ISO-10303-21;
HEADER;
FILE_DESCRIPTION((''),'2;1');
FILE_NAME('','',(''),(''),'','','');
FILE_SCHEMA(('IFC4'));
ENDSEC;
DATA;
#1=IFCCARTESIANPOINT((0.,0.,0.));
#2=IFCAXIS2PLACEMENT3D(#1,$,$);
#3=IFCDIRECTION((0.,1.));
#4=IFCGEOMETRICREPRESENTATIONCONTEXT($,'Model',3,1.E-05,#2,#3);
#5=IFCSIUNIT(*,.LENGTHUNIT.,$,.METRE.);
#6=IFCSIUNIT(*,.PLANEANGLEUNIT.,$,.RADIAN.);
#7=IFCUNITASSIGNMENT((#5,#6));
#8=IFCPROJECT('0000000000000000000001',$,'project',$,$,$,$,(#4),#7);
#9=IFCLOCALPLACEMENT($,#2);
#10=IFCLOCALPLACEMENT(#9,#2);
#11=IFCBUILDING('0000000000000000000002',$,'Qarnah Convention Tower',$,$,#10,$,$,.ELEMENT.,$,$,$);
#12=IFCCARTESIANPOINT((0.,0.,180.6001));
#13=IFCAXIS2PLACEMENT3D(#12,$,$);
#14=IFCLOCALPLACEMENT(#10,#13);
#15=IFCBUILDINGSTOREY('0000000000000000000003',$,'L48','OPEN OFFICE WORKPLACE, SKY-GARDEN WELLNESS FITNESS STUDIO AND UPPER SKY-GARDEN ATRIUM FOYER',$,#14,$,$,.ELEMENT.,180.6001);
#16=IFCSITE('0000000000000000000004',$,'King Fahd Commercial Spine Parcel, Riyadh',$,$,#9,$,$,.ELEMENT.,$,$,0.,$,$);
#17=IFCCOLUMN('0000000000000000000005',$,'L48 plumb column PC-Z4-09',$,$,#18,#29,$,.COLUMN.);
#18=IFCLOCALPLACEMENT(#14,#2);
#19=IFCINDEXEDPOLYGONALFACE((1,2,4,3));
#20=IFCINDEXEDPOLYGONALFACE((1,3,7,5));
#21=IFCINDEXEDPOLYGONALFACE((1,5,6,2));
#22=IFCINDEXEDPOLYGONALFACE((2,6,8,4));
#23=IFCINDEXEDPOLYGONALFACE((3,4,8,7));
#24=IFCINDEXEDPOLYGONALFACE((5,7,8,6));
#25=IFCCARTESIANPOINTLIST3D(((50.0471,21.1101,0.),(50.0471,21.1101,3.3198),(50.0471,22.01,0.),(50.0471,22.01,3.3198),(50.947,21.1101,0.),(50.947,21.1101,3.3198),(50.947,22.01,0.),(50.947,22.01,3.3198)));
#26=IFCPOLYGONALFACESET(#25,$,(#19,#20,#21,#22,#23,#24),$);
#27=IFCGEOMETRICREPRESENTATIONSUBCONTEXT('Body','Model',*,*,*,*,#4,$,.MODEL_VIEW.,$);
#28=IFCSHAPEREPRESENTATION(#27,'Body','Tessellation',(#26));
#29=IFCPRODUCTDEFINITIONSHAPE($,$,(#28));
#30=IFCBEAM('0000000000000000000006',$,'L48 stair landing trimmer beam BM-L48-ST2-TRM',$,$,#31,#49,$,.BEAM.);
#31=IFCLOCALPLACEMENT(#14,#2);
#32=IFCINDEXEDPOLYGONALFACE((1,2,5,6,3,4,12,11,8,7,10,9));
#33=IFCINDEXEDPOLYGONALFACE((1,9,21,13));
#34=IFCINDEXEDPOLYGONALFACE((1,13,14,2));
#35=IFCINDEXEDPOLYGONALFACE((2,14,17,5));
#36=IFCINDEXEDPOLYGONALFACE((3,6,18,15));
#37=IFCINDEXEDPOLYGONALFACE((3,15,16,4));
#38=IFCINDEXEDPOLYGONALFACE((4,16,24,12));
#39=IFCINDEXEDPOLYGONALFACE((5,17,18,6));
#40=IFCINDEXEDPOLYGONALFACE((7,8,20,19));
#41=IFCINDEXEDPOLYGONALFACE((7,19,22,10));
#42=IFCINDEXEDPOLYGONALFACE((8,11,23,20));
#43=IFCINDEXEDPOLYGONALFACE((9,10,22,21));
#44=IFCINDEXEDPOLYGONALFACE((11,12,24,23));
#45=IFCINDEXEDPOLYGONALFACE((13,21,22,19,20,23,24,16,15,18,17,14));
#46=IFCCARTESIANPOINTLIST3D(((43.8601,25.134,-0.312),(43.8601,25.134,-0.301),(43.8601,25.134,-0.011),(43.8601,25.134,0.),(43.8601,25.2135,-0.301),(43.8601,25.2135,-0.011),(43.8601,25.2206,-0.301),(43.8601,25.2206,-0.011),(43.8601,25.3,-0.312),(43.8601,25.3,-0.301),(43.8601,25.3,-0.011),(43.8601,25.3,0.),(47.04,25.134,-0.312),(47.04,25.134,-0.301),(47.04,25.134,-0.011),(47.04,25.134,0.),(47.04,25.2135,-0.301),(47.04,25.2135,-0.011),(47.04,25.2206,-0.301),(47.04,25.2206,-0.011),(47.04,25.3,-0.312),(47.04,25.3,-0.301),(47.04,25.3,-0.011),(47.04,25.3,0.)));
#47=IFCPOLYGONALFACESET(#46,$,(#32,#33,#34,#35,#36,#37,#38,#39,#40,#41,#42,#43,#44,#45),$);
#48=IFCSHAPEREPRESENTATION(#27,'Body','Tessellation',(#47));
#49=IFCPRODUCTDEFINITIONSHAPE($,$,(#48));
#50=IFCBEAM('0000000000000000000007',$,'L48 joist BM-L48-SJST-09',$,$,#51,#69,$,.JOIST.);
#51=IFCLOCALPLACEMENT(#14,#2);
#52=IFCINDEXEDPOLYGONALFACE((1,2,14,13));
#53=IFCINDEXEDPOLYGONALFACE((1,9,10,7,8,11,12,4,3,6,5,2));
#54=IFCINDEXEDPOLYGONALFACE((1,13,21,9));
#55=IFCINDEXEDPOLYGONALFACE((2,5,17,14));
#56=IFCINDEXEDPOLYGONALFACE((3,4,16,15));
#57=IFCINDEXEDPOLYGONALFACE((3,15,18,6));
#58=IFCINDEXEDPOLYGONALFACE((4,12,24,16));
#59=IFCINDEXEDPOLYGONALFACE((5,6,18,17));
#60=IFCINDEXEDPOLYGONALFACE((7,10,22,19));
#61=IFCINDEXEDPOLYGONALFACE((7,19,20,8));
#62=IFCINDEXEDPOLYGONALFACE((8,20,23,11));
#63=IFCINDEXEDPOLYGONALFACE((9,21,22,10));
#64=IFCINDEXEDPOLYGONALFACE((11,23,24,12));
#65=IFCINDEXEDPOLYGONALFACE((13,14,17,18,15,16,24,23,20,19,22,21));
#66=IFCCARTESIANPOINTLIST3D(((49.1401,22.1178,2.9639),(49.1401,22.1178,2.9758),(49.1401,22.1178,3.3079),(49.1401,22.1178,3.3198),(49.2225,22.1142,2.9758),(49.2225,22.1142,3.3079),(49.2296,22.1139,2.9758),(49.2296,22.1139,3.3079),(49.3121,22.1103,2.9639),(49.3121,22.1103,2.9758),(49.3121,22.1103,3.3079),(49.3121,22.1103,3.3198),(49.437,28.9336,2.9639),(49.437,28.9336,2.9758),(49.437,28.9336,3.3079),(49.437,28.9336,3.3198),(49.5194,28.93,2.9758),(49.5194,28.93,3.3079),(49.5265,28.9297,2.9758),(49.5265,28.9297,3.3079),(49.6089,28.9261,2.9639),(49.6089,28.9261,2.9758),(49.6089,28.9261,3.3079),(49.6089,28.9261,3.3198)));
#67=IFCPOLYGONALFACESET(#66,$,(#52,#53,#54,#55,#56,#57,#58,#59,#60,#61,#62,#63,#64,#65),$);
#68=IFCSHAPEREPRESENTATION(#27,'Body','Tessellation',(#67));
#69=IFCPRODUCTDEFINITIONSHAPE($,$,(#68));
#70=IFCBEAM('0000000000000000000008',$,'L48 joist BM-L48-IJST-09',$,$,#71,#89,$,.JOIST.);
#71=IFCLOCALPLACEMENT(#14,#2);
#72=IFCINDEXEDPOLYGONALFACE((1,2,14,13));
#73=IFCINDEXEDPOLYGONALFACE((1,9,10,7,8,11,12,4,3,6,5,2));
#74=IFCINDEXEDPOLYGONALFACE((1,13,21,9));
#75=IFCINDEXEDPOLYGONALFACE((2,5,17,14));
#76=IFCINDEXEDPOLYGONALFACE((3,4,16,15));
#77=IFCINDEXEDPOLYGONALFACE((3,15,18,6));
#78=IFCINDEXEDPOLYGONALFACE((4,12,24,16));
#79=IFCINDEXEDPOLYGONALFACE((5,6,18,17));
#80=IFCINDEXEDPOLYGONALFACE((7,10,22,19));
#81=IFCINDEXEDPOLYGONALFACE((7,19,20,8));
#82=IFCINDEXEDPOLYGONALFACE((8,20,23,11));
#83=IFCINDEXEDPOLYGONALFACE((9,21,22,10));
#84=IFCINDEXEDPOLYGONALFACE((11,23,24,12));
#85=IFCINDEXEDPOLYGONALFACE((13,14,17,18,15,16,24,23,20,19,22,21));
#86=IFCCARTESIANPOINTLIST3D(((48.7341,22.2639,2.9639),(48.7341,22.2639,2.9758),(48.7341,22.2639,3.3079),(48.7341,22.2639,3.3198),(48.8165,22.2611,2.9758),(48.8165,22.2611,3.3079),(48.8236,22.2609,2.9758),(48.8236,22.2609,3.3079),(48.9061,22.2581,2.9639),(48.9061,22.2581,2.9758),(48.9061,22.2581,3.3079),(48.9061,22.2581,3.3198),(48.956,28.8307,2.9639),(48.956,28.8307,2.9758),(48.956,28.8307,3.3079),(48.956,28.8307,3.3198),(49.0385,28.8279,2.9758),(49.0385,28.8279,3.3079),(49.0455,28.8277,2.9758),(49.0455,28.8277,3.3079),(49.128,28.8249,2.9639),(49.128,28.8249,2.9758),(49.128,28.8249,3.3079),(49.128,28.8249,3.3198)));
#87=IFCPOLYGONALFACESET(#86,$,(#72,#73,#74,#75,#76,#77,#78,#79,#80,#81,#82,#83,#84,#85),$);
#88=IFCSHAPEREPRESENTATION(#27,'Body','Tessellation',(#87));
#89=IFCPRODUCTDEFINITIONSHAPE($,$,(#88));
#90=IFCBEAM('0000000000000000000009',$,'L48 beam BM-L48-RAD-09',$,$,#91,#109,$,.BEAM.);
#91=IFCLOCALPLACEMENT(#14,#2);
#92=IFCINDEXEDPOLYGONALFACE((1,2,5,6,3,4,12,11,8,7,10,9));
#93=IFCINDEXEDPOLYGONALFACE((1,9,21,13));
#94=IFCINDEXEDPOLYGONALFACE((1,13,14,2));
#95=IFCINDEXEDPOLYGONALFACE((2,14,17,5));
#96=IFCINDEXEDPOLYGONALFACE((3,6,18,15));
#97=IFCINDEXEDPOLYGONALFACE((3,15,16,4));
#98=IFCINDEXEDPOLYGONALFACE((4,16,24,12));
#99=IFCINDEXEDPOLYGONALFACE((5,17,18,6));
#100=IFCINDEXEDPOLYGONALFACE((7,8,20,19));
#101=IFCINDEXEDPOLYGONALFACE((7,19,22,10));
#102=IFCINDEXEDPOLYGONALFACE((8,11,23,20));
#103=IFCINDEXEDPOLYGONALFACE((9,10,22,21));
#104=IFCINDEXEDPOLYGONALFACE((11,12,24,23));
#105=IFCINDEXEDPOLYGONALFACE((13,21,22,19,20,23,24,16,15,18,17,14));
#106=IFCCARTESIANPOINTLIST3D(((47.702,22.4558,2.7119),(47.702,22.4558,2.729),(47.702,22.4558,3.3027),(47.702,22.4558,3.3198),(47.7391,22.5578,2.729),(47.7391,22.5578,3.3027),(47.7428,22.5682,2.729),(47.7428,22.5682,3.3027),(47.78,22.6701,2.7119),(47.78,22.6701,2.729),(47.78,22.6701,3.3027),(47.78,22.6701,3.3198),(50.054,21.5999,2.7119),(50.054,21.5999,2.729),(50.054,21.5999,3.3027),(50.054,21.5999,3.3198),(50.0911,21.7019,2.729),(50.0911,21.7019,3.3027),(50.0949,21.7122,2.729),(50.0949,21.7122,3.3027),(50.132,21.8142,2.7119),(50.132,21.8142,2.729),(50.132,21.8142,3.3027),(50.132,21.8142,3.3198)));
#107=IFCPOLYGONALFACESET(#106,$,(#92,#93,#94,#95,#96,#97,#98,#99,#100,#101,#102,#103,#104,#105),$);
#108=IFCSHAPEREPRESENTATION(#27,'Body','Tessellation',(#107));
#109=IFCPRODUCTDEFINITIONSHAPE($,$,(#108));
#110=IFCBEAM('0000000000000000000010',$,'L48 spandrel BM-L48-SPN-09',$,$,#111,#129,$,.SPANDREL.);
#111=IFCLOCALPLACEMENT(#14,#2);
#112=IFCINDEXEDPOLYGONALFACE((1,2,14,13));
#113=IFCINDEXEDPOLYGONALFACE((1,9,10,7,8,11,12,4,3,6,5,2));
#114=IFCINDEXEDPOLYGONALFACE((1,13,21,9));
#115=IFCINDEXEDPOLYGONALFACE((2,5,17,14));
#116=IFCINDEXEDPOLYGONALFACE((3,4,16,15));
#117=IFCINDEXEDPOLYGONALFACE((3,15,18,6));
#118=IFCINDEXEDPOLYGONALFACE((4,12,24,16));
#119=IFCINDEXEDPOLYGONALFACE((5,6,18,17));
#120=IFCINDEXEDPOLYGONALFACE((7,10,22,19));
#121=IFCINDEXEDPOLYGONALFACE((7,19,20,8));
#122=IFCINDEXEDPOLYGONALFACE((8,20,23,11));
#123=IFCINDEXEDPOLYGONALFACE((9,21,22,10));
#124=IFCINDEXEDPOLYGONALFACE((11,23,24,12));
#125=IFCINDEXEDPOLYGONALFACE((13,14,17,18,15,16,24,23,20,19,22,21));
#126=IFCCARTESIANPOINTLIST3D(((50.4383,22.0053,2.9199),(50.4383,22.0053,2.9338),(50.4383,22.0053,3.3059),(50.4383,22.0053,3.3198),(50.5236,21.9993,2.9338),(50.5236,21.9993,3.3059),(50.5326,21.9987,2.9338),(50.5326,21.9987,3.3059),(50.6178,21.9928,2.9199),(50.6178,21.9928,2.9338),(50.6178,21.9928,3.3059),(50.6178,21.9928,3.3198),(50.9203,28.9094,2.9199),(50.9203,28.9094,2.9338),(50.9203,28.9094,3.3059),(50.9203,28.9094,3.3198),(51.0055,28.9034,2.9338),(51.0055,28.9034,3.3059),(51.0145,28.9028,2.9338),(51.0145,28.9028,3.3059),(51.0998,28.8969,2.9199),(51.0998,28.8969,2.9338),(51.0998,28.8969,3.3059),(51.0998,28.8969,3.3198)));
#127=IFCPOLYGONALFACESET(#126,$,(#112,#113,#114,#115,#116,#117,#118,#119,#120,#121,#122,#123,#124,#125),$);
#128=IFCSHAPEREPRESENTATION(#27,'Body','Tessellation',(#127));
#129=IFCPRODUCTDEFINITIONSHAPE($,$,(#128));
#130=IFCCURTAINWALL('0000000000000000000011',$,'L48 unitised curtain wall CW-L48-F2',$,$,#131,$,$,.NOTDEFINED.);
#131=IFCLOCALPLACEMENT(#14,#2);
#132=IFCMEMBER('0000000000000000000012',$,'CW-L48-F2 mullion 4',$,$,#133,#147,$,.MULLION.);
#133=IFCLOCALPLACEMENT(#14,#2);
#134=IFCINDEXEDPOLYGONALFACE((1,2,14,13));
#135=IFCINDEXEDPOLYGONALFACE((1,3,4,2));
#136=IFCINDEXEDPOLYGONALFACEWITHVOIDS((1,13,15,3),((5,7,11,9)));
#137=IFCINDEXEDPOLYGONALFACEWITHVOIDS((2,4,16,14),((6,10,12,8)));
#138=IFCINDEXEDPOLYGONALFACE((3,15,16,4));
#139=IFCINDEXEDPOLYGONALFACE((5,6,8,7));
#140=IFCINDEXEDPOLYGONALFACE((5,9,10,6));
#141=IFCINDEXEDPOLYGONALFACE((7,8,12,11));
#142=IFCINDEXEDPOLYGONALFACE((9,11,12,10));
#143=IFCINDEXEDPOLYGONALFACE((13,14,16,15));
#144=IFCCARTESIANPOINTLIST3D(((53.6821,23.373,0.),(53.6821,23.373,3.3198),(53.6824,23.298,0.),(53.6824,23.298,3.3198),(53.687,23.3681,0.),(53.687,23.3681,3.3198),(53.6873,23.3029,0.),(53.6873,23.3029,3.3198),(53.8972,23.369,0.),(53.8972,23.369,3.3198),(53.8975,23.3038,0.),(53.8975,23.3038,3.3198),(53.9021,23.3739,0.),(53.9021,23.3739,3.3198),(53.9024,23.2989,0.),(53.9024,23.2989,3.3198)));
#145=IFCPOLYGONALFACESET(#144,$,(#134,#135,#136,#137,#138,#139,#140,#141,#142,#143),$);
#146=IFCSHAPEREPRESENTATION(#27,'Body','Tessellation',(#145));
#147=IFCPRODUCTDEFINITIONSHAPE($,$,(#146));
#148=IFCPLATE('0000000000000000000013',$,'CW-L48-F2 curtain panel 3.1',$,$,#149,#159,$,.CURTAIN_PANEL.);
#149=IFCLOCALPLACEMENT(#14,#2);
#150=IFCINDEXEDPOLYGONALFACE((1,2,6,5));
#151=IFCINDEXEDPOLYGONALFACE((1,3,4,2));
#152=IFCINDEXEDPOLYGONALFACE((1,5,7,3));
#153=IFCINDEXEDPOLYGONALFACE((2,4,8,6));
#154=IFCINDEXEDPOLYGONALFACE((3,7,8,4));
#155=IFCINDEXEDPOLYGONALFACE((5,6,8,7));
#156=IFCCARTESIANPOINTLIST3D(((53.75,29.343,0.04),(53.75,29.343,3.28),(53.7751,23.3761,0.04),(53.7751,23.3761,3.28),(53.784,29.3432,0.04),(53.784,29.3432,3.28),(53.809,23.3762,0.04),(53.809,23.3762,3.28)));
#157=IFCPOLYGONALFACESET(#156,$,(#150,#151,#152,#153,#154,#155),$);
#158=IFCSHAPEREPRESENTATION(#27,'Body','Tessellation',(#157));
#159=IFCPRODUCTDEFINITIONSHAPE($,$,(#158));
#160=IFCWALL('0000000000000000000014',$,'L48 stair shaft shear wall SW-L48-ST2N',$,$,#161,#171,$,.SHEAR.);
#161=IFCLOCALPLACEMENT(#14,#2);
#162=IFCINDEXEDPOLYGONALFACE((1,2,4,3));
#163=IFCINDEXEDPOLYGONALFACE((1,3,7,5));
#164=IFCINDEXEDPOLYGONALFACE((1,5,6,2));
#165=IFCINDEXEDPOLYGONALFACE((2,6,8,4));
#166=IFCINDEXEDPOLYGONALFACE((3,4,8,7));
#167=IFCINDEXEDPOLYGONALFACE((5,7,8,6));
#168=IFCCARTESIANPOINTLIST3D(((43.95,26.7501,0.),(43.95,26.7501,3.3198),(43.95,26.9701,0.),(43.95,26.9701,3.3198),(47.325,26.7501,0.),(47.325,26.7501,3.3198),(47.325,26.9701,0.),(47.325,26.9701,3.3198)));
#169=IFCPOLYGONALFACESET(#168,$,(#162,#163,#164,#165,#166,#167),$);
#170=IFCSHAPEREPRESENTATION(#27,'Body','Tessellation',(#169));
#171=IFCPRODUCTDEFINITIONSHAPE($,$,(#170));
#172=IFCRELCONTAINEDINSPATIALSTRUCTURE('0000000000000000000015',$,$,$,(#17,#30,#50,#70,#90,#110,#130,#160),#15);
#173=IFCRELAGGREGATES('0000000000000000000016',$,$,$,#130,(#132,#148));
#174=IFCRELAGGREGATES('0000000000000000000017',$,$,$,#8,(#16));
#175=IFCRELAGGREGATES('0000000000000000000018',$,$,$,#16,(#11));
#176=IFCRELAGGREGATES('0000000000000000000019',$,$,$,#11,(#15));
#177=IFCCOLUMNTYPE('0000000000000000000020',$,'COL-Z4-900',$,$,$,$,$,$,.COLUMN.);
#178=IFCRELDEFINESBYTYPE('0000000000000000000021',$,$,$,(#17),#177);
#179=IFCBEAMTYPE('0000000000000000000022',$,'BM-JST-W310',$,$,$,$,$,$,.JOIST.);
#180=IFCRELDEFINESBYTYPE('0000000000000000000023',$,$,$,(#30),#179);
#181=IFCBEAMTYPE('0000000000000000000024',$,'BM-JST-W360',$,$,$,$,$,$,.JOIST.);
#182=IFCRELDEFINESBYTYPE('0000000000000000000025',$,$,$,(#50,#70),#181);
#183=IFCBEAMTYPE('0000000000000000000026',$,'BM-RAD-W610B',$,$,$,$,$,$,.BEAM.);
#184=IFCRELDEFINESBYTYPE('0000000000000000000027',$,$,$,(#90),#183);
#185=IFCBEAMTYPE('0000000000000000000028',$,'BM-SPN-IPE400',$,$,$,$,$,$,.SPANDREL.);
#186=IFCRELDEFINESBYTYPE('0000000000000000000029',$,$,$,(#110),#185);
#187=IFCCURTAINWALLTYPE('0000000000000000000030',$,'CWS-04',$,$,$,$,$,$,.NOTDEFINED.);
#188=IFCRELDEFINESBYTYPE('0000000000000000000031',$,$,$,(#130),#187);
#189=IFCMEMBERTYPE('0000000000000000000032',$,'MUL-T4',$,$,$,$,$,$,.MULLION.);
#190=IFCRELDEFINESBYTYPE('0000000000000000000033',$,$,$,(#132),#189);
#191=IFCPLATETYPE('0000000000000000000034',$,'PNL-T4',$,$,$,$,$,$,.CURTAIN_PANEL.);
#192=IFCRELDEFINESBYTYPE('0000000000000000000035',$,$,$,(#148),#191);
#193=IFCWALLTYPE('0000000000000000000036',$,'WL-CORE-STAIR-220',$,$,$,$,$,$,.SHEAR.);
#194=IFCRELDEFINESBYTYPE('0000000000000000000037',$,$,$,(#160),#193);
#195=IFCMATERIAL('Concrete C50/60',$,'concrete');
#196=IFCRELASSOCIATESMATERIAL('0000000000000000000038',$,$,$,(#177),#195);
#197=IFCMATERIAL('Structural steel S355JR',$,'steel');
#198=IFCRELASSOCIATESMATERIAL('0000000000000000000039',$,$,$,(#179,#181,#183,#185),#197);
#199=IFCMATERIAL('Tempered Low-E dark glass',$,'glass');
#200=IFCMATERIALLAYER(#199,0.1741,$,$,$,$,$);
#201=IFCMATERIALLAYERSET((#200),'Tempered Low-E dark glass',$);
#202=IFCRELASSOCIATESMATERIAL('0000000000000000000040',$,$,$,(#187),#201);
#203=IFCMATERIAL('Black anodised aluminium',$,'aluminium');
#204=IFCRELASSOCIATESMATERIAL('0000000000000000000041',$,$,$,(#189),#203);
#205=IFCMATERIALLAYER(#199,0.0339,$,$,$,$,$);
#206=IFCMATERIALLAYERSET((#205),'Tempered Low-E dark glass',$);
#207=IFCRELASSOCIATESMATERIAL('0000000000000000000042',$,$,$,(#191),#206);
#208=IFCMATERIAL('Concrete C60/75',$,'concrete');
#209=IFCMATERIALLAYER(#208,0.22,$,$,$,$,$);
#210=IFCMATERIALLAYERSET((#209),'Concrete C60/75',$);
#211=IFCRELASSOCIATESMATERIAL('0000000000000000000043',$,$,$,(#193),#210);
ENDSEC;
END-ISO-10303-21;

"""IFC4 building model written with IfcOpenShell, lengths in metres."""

from ifc_helpers import new_model, si_unit, direction, frame, frame_2d, origin, origin_2d, place, context, subcontext, project, spatial, rectangle, hollow_rectangle, i_section, extrude, material, layer, layer_set, material_profile, profile_set, type_object, element, aggregate, save


model = new_model("IFC4")

# Units and contexts
model_context = context("Model", 3, precision=1e-05, world=origin(), true_north=direction((0.0, 1.0)))
body_context = subcontext(model_context, "Body", "Model", "MODEL_VIEW")
ifc_project = project(units=[si_unit("LENGTHUNIT", "METRE"), si_unit("PLANEANGLEUNIT", "RADIAN")], contexts=[model_context])

# Site, building, storey
site_placement = place(None, origin())
site = spatial("IfcSite", under=ifc_project, at=site_placement, Name="King Fahd Commercial Spine Parcel, Riyadh", CompositionType="ELEMENT", RefElevation=0.0)
building_placement = place(site_placement, origin())
building = spatial("IfcBuilding", under=site, at=building_placement, Name="Qarnah Convention Tower", CompositionType="ELEMENT")
storey_placement = place(building_placement, frame((0.0, 0.0, 180.6001)))
storey = spatial("IfcBuildingStorey", under=building, at=storey_placement, Name="L48", Description="OPEN OFFICE WORKPLACE, SKY-GARDEN WELLNESS FITNESS STUDIO AND UPPER SKY-GARDEN ATRIUM FOYER", CompositionType="ELEMENT", Elevation=180.6001)

# Column
ifc_material_1 = material(Name="Concrete C50/60", Category="concrete")
ifc_material_profile_1 = material_profile(ifc_material_1, rectangle(XDim=0.8999, YDim=0.8999, at=origin_2d()), Name="RC-COL-900X900")
ifc_profile_set_1 = profile_set([ifc_material_profile_1], Name="Concrete C50/60")
column_type = type_object("IfcColumnType", Name="COL-Z4-900", PredefinedType="COLUMN", material=ifc_profile_set_1)
column_placement = place(storey_placement, frame((50.4971, 21.5601, 0.0), z_axis=(0.0, 0.0, 1.0), x_axis=(1.0, 0.0, 0.0)))
element("IfcColumn", 1, at=column_placement, inside=storey, type_object=column_type, Name="L48 plumb column PC-Z4-09", PredefinedType="COLUMN", context=body_context, shape_type="SweptSolid", body=[
    extrude(rectangle(XDim=0.8999, YDim=0.8999, at=origin_2d()), origin(), (0.0, 0.0, 1.0), 3.3198),
])

# Beams
ifc_material_2 = material(Name="Structural steel S355JR", Category="steel")
ifc_material_profile_2 = material_profile(ifc_material_2, i_section(OverallWidth=0.166, OverallDepth=0.312, WebThickness=0.0071, FlangeThickness=0.011, at=origin_2d()), Name="W310X45")
ifc_profile_set_2 = profile_set([ifc_material_profile_2], Name="Structural steel S355JR")
beam_type_1 = type_object("IfcBeamType", Name="BM-JST-W310", PredefinedType="JOIST", material=ifc_profile_set_2)
beam_1_placement = place(storey_placement, frame((43.8601, 25.217, -0.156), z_axis=(1.0, 0.0, 0.0), x_axis=(0.0, 1.0, 0.0)))
element("IfcBeam", 2, at=beam_1_placement, inside=storey, type_object=beam_type_1, Name="L48 stair landing trimmer beam BM-L48-ST2-TRM", PredefinedType="BEAM", context=body_context, shape_type="SweptSolid", body=[
    extrude(i_section(OverallWidth=0.166, OverallDepth=0.312, WebThickness=0.0071, FlangeThickness=0.011, at=origin_2d()), origin(), (0.0, 0.0, 1.0), 3.1799),
])
ifc_material_profile_3 = material_profile(ifc_material_2, i_section(OverallWidth=0.1721, OverallDepth=0.356, WebThickness=0.0071, FlangeThickness=0.012, at=origin_2d()), Name="W360X51")
ifc_profile_set_3 = profile_set([ifc_material_profile_3], Name="Structural steel S355JR")
beam_type_2 = type_object("IfcBeamType", Name="BM-JST-W360", PredefinedType="JOIST", material=ifc_profile_set_3)
beam_2_placement = place(storey_placement, frame((49.2261, 22.114, 3.1418), z_axis=(0.043515, 0.999053, 0.0), x_axis=(-0.999053, 0.043515, 0.0)))
element("IfcBeam", 3, at=beam_2_placement, inside=storey, type_object=beam_type_2, Name="L48 joist BM-L48-SJST-09", PredefinedType="JOIST", context=body_context, shape_type="SweptSolid", body=[
    extrude(i_section(OverallWidth=0.1721, OverallDepth=0.356, WebThickness=0.0071, FlangeThickness=0.012, at=origin_2d()), origin(), (0.0, 0.0, 1.0), 6.8223),
])
beam_3_placement = place(storey_placement, frame((48.8201, 22.261, 3.1418), z_axis=(0.033775, 0.999429, 0.0), x_axis=(-0.999429, 0.033775, 0.0)))
element("IfcBeam", 4, at=beam_3_placement, inside=storey, type_object=beam_type_2, Name="L48 joist BM-L48-IJST-09", PredefinedType="JOIST", context=body_context, shape_type="SweptSolid", body=[
    extrude(i_section(OverallWidth=0.1721, OverallDepth=0.356, WebThickness=0.0071, FlangeThickness=0.012, at=origin_2d()), origin(), (0.0, 0.0, 1.0), 6.5706),
])
ifc_material_profile_4 = material_profile(ifc_material_2, i_section(OverallWidth=0.228, OverallDepth=0.6079, WebThickness=0.011, FlangeThickness=0.0171, at=origin_2d()), Name="W610X113")
ifc_profile_set_4 = profile_set([ifc_material_profile_4], Name="Structural steel S355JR")
beam_type_3 = type_object("IfcBeamType", Name="BM-RAD-W610B", PredefinedType="BEAM", material=ifc_profile_set_4)
beam_4_placement = place(storey_placement, frame((47.741, 22.563, 3.0159), z_axis=(0.939708, -0.341978, 0.0), x_axis=(0.341978, 0.939708, 0.0)))
element("IfcBeam", 5, at=beam_4_placement, inside=storey, type_object=beam_type_3, Name="L48 beam BM-L48-RAD-09", PredefinedType="BEAM", context=body_context, shape_type="SweptSolid", body=[
    extrude(i_section(OverallWidth=0.228, OverallDepth=0.6079, WebThickness=0.011, FlangeThickness=0.0171, at=origin_2d()), origin(), (0.0, 0.0, 1.0), 2.5029),
])
ifc_material_profile_5 = material_profile(ifc_material_2, i_section(OverallWidth=0.1799, OverallDepth=0.3999, WebThickness=0.009, FlangeThickness=0.0139, at=origin_2d()), Name="IPE400")
ifc_profile_set_5 = profile_set([ifc_material_profile_5], Name="Structural steel S355JR")
beam_type_4 = type_object("IfcBeamType", Name="BM-SPN-IPE400", PredefinedType="SPANDREL", material=ifc_profile_set_5)
beam_5_placement = place(storey_placement, frame((50.5281, 21.999, 3.1199), z_axis=(0.069635, 0.997573, 0.0), x_axis=(-0.997573, 0.069635, 0.0)))
element("IfcBeam", 6, at=beam_5_placement, inside=storey, type_object=beam_type_4, Name="L48 spandrel BM-L48-SPN-09", PredefinedType="SPANDREL", context=body_context, shape_type="SweptSolid", body=[
    extrude(i_section(OverallWidth=0.1799, OverallDepth=0.3999, WebThickness=0.009, FlangeThickness=0.0139, at=origin_2d()), origin(), (0.0, 0.0, 1.0), 6.9209),
])

# Curtain wall, member, plate
ifc_material_3 = material(Name="Tempered Low-E dark glass", Category="glass")
ifc_layer_1 = layer(ifc_material_3, 0.1741)
ifc_layer_set_1 = layer_set([ifc_layer_1], Name="Tempered Low-E dark glass")
curtain_wall_type = type_object("IfcCurtainWallType", Name="CWS-04", PredefinedType="NOTDEFINED", material=ifc_layer_set_1)
curtain_wall_placement = place(storey_placement, origin())
curtain_wall = element("IfcCurtainWall", 7, at=curtain_wall_placement, inside=storey, type_object=curtain_wall_type, Name="L48 unitised curtain wall CW-L48-F2", PredefinedType="NOTDEFINED")
ifc_material_4 = material(Name="Black anodised aluminium", Category="aluminium")
ifc_material_profile_6 = material_profile(ifc_material_4, hollow_rectangle(XDim=0.075, YDim=0.22, WallThickness=0.0049, at=origin_2d()), Name="MUL-75X220")
ifc_profile_set_6 = profile_set([ifc_material_profile_6], Name="Black anodised aluminium")
member_type = type_object("IfcMemberType", Name="MUL-T4", PredefinedType="MULLION", material=ifc_profile_set_6)
member_placement = place(storey_placement, frame((53.7922, 23.3359, 0.0), z_axis=(0.0, 0.0, 1.0), x_axis=(0.0042, -0.999991, 0.0)))
member = element("IfcMember", 8, at=member_placement, type_object=member_type, Name="CW-L48-F2 mullion 4", PredefinedType="MULLION", context=body_context, shape_type="SweptSolid", body=[
    extrude(hollow_rectangle(XDim=0.075, YDim=0.22, WallThickness=0.0049, at=origin_2d()), origin(), (0.0, 0.0, 1.0), 3.3198),
])
ifc_layer_2 = layer(ifc_material_3, 0.0339)
ifc_layer_set_2 = layer_set([ifc_layer_2], Name="Tempered Low-E dark glass")
plate_type = type_object("IfcPlateType", Name="PNL-T4", PredefinedType="CURTAIN_PANEL", material=ifc_layer_set_2)
plate_placement = place(storey_placement, frame((53.7795, 26.3596, 0.04), z_axis=(0.0, 0.0, 1.0), x_axis=(0.0042, -0.999991, 0.0)))
plate = element("IfcPlate", 9, at=plate_placement, type_object=plate_type, Name="CW-L48-F2 curtain panel 3.1", PredefinedType="CURTAIN_PANEL", context=body_context, shape_type="SweptSolid", body=[
    extrude(rectangle(XDim=5.967, YDim=0.0339, at=origin_2d()), origin(), (0.0, 0.0, 1.0), 3.24),
])
aggregate(curtain_wall, [member, plate])

# Wall
ifc_material_5 = material(Name="Concrete C60/75", Category="concrete")
ifc_layer_3 = layer(ifc_material_5, 0.22)
ifc_layer_set_3 = layer_set([ifc_layer_3], Name="Concrete C60/75")
wall_type_1 = type_object("IfcWallType", Name="WL-CORE-STAIR-220", PredefinedType="SHEAR", material=ifc_layer_set_3)
wall_1_placement = place(storey_placement, frame((43.95, 26.8601, 0.0), z_axis=(0.0, 0.0, 1.0), x_axis=(1.0, 0.0, 0.0)))
element("IfcWall", 10, at=wall_1_placement, inside=storey, type_object=wall_type_1, Name="L48 stair shaft shear wall SW-L48-ST2N", PredefinedType="SHEAR", context=body_context, shape_type="SweptSolid", body=[
    extrude(rectangle(XDim=3.375, YDim=0.22, at=frame_2d((1.6875, 0.0))), origin(), (0.0, 0.0, 1.0), 3.3198),
])

save(model, "model.ifc")
